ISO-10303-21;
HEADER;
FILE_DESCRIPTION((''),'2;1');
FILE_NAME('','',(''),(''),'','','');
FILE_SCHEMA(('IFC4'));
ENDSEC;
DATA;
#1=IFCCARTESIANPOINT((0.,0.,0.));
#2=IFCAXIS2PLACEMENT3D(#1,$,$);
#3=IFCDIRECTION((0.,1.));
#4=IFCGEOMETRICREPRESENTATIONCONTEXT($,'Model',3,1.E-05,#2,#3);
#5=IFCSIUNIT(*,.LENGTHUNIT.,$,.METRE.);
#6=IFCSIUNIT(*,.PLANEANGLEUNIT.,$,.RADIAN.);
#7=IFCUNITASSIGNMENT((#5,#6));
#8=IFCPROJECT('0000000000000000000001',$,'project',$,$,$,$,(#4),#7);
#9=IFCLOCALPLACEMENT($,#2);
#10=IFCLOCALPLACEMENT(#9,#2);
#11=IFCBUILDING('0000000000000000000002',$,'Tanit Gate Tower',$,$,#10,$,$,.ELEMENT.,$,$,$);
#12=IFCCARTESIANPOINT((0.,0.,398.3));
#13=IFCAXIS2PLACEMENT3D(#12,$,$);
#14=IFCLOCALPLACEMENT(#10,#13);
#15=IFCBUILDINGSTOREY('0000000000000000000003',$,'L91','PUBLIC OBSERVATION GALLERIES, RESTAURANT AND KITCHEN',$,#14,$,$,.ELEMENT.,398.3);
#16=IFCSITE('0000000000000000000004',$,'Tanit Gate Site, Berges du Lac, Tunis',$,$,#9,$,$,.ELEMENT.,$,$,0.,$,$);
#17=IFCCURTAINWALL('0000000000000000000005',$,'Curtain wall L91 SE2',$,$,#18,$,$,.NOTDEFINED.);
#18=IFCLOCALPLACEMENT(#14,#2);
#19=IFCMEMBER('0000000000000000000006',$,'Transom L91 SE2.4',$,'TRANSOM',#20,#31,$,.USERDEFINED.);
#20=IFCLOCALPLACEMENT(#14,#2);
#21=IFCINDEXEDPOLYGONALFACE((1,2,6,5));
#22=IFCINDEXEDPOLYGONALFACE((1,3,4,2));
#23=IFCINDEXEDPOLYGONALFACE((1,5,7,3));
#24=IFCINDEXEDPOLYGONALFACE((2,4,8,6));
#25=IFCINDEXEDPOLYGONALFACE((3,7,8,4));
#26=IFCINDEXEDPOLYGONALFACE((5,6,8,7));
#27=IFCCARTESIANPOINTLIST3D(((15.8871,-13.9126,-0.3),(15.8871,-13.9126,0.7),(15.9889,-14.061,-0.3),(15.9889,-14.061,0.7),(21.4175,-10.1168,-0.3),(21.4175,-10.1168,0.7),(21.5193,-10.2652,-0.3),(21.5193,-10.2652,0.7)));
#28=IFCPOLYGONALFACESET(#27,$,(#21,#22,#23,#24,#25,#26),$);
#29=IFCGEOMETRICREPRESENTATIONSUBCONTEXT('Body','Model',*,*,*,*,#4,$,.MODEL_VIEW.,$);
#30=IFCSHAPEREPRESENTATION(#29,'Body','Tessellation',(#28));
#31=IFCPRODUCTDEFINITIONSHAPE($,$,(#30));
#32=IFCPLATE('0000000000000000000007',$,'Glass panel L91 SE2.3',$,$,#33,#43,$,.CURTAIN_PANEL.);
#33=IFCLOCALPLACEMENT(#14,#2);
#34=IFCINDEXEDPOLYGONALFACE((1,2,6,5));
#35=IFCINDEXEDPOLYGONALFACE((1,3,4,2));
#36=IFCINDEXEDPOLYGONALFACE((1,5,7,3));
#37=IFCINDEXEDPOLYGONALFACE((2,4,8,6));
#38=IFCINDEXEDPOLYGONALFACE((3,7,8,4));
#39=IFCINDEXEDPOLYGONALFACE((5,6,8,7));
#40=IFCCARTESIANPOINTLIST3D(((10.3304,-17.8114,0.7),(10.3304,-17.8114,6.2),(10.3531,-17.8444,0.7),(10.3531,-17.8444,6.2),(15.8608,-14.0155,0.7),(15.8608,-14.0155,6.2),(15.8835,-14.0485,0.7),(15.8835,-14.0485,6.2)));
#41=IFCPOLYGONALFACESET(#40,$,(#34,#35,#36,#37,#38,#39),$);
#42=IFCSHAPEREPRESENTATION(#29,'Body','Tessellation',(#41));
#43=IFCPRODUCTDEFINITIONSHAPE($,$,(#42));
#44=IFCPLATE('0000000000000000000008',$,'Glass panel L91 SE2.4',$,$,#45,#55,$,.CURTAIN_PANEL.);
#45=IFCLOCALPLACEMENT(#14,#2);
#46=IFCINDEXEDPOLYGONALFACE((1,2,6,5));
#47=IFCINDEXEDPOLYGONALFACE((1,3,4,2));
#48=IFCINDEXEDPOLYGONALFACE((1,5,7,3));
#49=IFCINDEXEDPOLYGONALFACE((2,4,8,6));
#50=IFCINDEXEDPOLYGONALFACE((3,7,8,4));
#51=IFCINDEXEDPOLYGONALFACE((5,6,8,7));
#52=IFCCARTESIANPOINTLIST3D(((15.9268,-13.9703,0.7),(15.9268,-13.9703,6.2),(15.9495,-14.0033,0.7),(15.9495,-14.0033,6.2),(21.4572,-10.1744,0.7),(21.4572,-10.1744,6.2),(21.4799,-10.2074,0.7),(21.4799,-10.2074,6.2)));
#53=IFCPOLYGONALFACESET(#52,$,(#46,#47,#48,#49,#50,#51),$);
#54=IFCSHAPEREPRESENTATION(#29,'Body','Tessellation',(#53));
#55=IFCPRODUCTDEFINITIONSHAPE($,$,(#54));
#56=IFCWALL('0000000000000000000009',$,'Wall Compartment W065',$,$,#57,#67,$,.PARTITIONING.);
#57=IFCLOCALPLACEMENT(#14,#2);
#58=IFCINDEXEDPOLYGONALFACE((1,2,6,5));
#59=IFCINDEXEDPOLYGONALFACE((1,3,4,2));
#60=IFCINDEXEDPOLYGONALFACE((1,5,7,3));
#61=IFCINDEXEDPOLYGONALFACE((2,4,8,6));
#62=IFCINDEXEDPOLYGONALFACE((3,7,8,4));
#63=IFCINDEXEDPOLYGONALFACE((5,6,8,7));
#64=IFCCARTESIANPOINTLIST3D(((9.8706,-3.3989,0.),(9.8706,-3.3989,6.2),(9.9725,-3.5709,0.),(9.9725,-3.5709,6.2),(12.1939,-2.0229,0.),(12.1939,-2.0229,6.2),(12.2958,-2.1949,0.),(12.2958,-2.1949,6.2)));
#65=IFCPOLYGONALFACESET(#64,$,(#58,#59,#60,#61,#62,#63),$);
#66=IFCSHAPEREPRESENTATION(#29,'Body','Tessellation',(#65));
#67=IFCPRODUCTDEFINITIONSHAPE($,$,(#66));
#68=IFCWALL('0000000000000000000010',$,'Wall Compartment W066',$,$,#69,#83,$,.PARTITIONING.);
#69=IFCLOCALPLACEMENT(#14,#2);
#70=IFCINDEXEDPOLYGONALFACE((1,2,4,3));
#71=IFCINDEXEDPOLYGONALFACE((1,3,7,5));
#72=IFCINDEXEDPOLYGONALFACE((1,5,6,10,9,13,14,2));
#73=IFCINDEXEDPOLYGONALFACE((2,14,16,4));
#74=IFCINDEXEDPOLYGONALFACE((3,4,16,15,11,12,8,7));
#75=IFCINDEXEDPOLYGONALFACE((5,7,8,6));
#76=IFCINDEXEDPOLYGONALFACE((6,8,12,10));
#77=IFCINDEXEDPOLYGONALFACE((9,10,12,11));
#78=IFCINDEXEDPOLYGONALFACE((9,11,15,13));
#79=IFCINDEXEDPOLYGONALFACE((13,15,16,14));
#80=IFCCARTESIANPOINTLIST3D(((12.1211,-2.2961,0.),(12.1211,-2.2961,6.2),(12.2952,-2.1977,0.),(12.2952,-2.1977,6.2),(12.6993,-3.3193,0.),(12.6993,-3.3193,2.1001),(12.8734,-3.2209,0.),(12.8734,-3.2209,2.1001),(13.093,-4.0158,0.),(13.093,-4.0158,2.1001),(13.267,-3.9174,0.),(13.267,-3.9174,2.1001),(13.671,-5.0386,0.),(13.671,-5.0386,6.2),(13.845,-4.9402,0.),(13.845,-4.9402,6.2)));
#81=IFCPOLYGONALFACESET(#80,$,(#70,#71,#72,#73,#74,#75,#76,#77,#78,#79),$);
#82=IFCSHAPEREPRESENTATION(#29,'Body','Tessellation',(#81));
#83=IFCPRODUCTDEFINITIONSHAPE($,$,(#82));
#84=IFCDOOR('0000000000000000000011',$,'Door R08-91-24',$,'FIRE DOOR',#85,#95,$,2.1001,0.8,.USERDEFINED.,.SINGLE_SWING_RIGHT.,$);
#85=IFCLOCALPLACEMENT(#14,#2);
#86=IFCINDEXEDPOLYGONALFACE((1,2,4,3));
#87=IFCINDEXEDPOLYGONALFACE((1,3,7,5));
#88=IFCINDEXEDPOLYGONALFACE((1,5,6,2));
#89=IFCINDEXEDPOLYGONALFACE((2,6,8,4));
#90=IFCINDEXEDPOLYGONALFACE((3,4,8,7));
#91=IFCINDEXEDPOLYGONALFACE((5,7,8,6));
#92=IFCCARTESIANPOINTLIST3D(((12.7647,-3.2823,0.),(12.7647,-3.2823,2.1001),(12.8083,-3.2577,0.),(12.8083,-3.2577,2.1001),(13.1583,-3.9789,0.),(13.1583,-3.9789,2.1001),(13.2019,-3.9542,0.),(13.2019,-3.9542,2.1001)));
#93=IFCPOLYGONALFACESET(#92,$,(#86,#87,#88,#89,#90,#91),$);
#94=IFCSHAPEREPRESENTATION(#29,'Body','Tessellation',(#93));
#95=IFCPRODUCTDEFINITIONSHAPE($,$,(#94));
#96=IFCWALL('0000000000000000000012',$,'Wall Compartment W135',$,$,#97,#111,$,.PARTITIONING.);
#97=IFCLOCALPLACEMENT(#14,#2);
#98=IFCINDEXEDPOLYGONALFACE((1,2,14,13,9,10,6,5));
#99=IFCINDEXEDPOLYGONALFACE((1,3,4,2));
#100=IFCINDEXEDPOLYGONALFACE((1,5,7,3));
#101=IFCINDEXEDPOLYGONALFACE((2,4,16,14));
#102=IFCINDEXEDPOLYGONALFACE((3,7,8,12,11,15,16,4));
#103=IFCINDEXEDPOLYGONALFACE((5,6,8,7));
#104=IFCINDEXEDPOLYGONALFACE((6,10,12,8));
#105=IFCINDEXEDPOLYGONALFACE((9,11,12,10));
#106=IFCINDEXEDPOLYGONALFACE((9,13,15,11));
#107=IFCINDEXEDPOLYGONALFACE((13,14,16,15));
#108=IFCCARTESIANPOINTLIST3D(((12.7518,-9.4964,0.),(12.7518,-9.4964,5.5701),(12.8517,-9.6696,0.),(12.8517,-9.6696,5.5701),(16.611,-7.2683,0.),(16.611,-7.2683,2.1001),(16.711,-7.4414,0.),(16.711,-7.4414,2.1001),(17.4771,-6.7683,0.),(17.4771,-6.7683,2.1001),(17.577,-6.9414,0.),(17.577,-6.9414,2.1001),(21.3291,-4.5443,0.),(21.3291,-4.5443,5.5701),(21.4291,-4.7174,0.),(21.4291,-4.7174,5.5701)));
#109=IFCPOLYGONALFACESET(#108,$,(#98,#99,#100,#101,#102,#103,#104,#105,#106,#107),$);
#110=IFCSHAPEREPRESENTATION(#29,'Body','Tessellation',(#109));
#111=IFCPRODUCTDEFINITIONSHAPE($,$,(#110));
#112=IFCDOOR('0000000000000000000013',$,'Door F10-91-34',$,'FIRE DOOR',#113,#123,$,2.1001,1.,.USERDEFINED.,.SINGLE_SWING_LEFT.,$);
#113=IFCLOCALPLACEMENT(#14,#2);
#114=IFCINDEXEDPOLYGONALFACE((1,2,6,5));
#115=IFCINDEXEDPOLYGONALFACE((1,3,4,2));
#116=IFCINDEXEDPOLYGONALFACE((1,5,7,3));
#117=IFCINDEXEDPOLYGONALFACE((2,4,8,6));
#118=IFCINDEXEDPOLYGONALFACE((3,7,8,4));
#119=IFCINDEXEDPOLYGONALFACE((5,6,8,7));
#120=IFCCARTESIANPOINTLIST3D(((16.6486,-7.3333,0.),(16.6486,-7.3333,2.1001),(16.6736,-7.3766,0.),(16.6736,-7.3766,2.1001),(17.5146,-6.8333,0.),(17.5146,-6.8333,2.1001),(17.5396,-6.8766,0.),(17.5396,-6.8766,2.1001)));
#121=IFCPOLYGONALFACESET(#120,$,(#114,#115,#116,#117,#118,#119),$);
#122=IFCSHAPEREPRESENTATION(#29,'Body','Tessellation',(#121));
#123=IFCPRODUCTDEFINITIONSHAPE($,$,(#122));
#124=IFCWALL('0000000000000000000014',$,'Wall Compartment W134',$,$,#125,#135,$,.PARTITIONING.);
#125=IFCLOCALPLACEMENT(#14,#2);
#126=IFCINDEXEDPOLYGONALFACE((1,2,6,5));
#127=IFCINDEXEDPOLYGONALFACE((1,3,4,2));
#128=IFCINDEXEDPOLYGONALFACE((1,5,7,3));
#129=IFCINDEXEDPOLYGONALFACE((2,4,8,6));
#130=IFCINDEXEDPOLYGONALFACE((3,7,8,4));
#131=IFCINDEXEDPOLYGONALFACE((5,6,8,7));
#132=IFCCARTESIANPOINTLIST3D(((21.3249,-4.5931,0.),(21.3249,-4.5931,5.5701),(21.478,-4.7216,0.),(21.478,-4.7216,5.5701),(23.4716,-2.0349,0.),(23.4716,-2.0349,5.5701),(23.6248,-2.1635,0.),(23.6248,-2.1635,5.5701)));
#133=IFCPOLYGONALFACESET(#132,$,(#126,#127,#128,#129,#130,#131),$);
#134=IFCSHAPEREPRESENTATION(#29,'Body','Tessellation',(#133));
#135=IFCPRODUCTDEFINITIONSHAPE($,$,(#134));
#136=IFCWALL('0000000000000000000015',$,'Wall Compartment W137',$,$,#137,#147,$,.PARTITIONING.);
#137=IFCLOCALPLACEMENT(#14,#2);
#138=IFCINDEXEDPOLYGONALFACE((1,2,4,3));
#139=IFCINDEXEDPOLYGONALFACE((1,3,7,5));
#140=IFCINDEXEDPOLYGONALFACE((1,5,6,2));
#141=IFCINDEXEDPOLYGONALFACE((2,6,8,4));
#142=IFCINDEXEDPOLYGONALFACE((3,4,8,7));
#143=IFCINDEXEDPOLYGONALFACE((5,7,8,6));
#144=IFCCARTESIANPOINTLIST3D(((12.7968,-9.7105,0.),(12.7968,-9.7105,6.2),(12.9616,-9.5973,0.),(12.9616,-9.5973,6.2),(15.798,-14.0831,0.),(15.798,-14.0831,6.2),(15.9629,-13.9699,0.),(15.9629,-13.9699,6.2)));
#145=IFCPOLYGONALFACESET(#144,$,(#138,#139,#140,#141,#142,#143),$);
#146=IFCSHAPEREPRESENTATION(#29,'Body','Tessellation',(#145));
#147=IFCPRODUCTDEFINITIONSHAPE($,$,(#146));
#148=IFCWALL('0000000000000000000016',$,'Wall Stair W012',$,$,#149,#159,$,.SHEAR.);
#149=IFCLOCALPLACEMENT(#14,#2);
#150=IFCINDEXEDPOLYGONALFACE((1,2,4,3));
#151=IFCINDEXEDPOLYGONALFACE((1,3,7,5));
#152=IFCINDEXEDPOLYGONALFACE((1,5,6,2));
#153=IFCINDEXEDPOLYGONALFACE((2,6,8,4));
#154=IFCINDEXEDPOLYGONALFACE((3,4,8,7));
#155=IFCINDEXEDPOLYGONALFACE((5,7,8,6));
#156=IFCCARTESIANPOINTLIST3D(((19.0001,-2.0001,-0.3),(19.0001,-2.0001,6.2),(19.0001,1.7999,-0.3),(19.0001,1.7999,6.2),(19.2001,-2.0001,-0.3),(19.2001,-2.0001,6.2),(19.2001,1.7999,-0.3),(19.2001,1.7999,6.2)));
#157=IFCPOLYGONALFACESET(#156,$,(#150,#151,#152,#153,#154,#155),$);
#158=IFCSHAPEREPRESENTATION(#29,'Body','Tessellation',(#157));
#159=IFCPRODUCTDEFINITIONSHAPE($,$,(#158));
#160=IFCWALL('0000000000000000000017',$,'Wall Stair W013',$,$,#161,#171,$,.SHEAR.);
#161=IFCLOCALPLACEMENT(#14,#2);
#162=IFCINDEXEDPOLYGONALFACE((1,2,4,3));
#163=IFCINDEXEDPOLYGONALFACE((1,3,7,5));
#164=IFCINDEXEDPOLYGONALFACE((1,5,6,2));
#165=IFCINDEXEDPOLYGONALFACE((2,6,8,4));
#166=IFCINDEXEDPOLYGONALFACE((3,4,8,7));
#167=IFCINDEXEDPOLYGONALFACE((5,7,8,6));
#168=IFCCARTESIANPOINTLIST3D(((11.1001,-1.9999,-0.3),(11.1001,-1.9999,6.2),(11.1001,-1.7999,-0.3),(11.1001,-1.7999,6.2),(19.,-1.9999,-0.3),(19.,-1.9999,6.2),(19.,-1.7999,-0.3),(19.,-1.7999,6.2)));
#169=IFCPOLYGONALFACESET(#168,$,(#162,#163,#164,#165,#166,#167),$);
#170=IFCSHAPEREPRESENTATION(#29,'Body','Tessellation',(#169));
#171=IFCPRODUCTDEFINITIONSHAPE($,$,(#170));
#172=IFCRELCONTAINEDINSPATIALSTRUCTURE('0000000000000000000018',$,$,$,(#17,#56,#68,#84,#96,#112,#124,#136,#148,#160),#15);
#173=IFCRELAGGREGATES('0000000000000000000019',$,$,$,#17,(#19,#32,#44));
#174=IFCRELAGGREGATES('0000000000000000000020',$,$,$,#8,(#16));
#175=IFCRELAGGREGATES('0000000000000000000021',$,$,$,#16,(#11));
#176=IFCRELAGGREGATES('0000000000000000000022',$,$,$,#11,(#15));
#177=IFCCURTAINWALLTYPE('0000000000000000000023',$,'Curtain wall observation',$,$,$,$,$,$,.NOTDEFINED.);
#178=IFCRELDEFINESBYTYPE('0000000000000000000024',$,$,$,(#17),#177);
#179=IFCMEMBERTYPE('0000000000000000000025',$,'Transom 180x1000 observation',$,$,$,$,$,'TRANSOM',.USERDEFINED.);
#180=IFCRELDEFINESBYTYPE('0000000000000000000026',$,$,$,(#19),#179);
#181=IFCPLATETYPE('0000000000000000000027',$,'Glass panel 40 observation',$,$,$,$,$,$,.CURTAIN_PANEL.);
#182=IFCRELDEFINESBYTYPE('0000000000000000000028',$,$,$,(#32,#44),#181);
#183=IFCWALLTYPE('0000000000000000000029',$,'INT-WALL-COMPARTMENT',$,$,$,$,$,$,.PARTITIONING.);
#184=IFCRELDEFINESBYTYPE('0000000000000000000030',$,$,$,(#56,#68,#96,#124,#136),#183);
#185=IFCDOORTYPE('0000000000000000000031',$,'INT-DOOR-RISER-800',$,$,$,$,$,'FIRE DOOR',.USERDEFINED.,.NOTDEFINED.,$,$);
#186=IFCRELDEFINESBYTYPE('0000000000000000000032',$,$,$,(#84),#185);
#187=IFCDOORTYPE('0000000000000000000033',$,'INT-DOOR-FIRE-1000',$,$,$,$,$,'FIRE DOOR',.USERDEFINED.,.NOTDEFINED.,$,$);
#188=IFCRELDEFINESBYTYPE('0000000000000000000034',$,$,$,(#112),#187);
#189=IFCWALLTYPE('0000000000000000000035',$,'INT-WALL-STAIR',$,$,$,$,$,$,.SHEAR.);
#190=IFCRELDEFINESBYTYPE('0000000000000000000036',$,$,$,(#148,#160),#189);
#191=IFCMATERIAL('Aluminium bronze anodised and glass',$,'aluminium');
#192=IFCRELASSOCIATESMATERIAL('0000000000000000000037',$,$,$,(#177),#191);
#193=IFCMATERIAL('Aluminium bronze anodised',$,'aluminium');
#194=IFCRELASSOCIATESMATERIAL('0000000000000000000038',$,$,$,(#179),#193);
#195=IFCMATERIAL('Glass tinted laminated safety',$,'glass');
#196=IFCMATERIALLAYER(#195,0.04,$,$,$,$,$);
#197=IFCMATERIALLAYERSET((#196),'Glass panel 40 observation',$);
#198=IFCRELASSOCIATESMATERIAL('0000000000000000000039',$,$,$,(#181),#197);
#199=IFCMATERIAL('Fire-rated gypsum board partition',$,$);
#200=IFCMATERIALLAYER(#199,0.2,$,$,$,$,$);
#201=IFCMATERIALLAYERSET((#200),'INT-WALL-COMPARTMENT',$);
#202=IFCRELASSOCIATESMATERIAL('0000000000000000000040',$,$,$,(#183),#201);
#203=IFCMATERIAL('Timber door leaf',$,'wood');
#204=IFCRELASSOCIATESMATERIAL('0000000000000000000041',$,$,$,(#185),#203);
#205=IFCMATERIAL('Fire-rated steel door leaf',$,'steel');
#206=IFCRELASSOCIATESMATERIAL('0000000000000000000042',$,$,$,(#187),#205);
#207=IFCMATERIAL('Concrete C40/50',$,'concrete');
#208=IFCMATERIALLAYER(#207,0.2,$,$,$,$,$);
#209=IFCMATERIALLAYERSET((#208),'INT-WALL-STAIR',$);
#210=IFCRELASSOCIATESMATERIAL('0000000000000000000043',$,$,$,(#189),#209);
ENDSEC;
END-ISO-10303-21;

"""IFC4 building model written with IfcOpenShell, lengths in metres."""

from ifc_helpers import new_model, si_unit, direction, frame, frame_2d, origin, origin_2d, place, context, subcontext, project, spatial, rectangle, extrude, material, layer, layer_set, material_profile, profile_set, type_object, element, fill, aggregate, save


model = new_model("IFC4")

# Units and contexts
model_context = context("Model", 3, precision=1e-05, world=origin(), true_north=direction((0.0, 1.0)))
body_context = subcontext(model_context, "Body", "Model", "MODEL_VIEW")
ifc_project = project(units=[si_unit("LENGTHUNIT", "METRE"), si_unit("PLANEANGLEUNIT", "RADIAN")], contexts=[model_context])

# Site, building, storey
site_placement = place(None, origin())
site = spatial("IfcSite", under=ifc_project, at=site_placement, Name="Tanit Gate Site, Berges du Lac, Tunis", CompositionType="ELEMENT", RefElevation=0.0)
building_placement = place(site_placement, origin())
building = spatial("IfcBuilding", under=site, at=building_placement, Name="Tanit Gate Tower", CompositionType="ELEMENT")
storey_placement = place(building_placement, frame((0.0, 0.0, 398.3)))
storey = spatial("IfcBuildingStorey", under=building, at=storey_placement, Name="L91", Description="PUBLIC OBSERVATION GALLERIES, RESTAURANT AND KITCHEN", CompositionType="ELEMENT", Elevation=398.3)

# Curtain wall
ifc_material_1 = material(Name="Aluminium bronze anodised and glass", Category="aluminium")
curtain_wall_type = type_object("IfcCurtainWallType", Name="Curtain wall observation", PredefinedType="NOTDEFINED", material=ifc_material_1)
curtain_wall_placement = place(storey_placement, origin())
curtain_wall = element("IfcCurtainWall", 1, at=curtain_wall_placement, inside=storey, type_object=curtain_wall_type, Name="Curtain wall L91 SE2", PredefinedType="NOTDEFINED")

# Member
ifc_material_2 = material(Name="Aluminium bronze anodised", Category="aluminium")
ifc_material_profile_1 = material_profile(ifc_material_2, rectangle(XDim=0.1799, YDim=1.0, at=origin_2d()), Name="180x1000 bronze transom")
ifc_profile_set_1 = profile_set([ifc_material_profile_1], Name="Aluminium bronze anodised")
member_type_1 = type_object("IfcMemberType", Name="Transom 180x1000 observation", ElementType="TRANSOM", PredefinedType="USERDEFINED", material=ifc_profile_set_1)
member_1_placement = place(storey_placement, frame((15.938, -13.9868, 0.2), z_axis=(0.824482, 0.565888, 0.0), x_axis=(-0.565888, 0.824482, 0.0)))
member_1 = element("IfcMember", 2, at=member_1_placement, type_object=member_type_1, Name="Transom L91 SE2.4", ObjectType="TRANSOM", PredefinedType="USERDEFINED", context=body_context, shape_type="SweptSolid", body=[
    extrude(rectangle(XDim=0.1799, YDim=1.0, at=origin_2d()), origin(), (0.0, 0.0, 1.0), 6.7078),
])

# Plates
ifc_material_3 = material(Name="Glass tinted laminated safety", Category="glass")
ifc_layer_1 = layer(ifc_material_3, 0.04)
ifc_layer_set_1 = layer_set([ifc_layer_1], Name="Glass panel 40 observation")
plate_type = type_object("IfcPlateType", Name="Glass panel 40 observation", PredefinedType="CURTAIN_PANEL", material=ifc_layer_set_1)
plate_1_placement = place(storey_placement, frame((13.1069, -15.9299, 0.7), z_axis=(0.0, 0.0, 1.0), x_axis=(0.824479, 0.565893, 0.0)))
plate_1 = element("IfcPlate", 3, at=plate_1_placement, type_object=plate_type, Name="Glass panel L91 SE2.3", PredefinedType="CURTAIN_PANEL", context=body_context, shape_type="SweptSolid", body=[
    extrude(rectangle(XDim=6.7078, YDim=0.04, at=origin_2d()), origin(), (0.0, 0.0, 1.0), 5.5),
])
plate_2_placement = place(storey_placement, frame((18.7034, -12.0889, 0.7), z_axis=(0.0, 0.0, 1.0), x_axis=(0.824479, 0.565893, 0.0)))
plate_2 = element("IfcPlate", 4, at=plate_2_placement, type_object=plate_type, Name="Glass panel L91 SE2.4", PredefinedType="CURTAIN_PANEL", context=body_context, shape_type="SweptSolid", body=[
    extrude(rectangle(XDim=6.7078, YDim=0.04, at=origin_2d()), origin(), (0.0, 0.0, 1.0), 5.5),
])
aggregate(curtain_wall, [member_1, plate_1, plate_2])

# Wall
ifc_material_4 = material(Name="Fire-rated gypsum board partition")
ifc_layer_2 = layer(ifc_material_4, 0.2)
ifc_layer_set_2 = layer_set([ifc_layer_2], Name="INT-WALL-COMPARTMENT")
wall_type_1 = type_object("IfcWallType", Name="INT-WALL-COMPARTMENT", PredefinedType="PARTITIONING", material=ifc_layer_set_2)
wall_1_placement = place(storey_placement, frame((12.2449, -2.1089, 0.0), z_axis=(0.0, 0.0, 1.0), x_axis=(-0.860415, -0.509594, 0.0)))
element("IfcWall", 5, at=wall_1_placement, inside=storey, type_object=wall_type_1, Name="Wall Compartment W065", PredefinedType="PARTITIONING", context=body_context, shape_type="SweptSolid", body=[
    extrude(rectangle(XDim=2.7002, YDim=0.2, at=frame_2d((1.3501, 0.0))), origin(), (0.0, 0.0, 1.0), 6.2),
])

# Walls, openings, doors
wall_2_placement = place(storey_placement, frame((13.7581, -4.9895, 0.0), z_axis=(0.0, 0.0, 1.0), x_axis=(-0.491993, 0.870599, 0.0)))
wall_2 = element("IfcWall", 6, at=wall_2_placement, inside=storey, type_object=wall_type_1, Name="Wall Compartment W066", PredefinedType="PARTITIONING", context=body_context, shape_type="SweptSolid", body=[
    extrude(rectangle(XDim=3.1501, YDim=0.2, at=frame_2d((1.5752, 0.0))), origin(), (0.0, 0.0, 1.0), 6.2),
])
opening_1_placement = place(wall_2_placement, frame((1.175, 0.0, 0.0)))
opening_1 = element("IfcOpeningElement", 7, at=opening_1_placement, cuts=wall_2, PredefinedType="OPENING", context=body_context, shape_type="SweptSolid", body=[
    extrude(rectangle(XDim=0.8, YDim=2.1001, at=frame_2d((0.3999, 1.05))), frame((0.0, 0.1099, 0.0), z_axis=(0.0, -1.0, 0.0), x_axis=(1.0, 0.0, 0.0)), (0.0, 0.0, 1.0), 0.22),
])
ifc_material_5 = material(Name="Timber door leaf", Category="wood")
door_type_1 = type_object("IfcDoorType", Name="INT-DOOR-RISER-800", ElementType="FIRE DOOR", OperationType="NOTDEFINED", PredefinedType="USERDEFINED", material=ifc_material_5)
door_1_placement = place(opening_1_placement, origin())
door_1 = element("IfcDoor", 8, at=door_1_placement, inside=storey, type_object=door_type_1, Name="Door R08-91-24", ObjectType="FIRE DOOR", OperationType="SINGLE_SWING_RIGHT", OverallHeight=2.1001, OverallWidth=0.8, PredefinedType="USERDEFINED", context=body_context, shape_type="SweptSolid", body=[
    extrude(rectangle(XDim=0.8, YDim=2.1001, at=frame_2d((0.3999, 1.05))), frame((0.0, 0.0249, 0.0), z_axis=(0.0, -1.0, 0.0), x_axis=(1.0, 0.0, 0.0)), (0.0, 0.0, 1.0), 0.05),
])
fill(opening_1, door_1)
wall_3_placement = place(storey_placement, frame((12.8018, -9.583, 0.0), z_axis=(0.0, 0.0, 1.0), x_axis=(0.866026, 0.499999, 0.0)))
wall_3 = element("IfcWall", 9, at=wall_3_placement, inside=storey, type_object=wall_type_1, Name="Wall Compartment W135", PredefinedType="PARTITIONING", context=body_context, shape_type="SweptSolid", body=[
    extrude(rectangle(XDim=9.9043, YDim=0.2, at=frame_2d((4.9521, 0.0))), origin(), (0.0, 0.0, 1.0), 5.5701),
])
opening_2_placement = place(wall_3_placement, frame((4.4563, 0.0, 0.0)))
opening_2 = element("IfcOpeningElement", 10, at=opening_2_placement, cuts=wall_3, PredefinedType="OPENING", context=body_context, shape_type="SweptSolid", body=[
    extrude(rectangle(XDim=1.0, YDim=2.1001, at=frame_2d((0.5, 1.05))), frame((0.0, 0.1099, 0.0), z_axis=(0.0, -1.0, 0.0), x_axis=(1.0, 0.0, 0.0)), (0.0, 0.0, 1.0), 0.22),
])
ifc_material_6 = material(Name="Fire-rated steel door leaf", Category="steel")
door_type_2 = type_object("IfcDoorType", Name="INT-DOOR-FIRE-1000", ElementType="FIRE DOOR", OperationType="NOTDEFINED", PredefinedType="USERDEFINED", material=ifc_material_6)
door_2_placement = place(opening_2_placement, origin())
door_2 = element("IfcDoor", 11, at=door_2_placement, inside=storey, type_object=door_type_2, Name="Door F10-91-34", ObjectType="FIRE DOOR", OperationType="SINGLE_SWING_LEFT", OverallHeight=2.1001, OverallWidth=1.0, PredefinedType="USERDEFINED", context=body_context, shape_type="SweptSolid", body=[
    extrude(rectangle(XDim=1.0, YDim=2.1001, at=frame_2d((0.5, 1.05))), frame((0.0, 0.0249, 0.0), z_axis=(0.0, -1.0, 0.0), x_axis=(1.0, 0.0, 0.0)), (0.0, 0.0, 1.0), 0.05),
])
fill(opening_2, door_2)

# Walls
wall_4_placement = place(storey_placement, frame((21.4014, -4.6575, 0.0), z_axis=(0.0, 0.0, 1.0), x_axis=(0.642827, 0.766012, 0.0)))
element("IfcWall", 12, at=wall_4_placement, inside=storey, type_object=wall_type_1, Name="Wall Compartment W134", PredefinedType="PARTITIONING", context=body_context, shape_type="SweptSolid", body=[
    extrude(rectangle(XDim=3.3396, YDim=0.2, at=frame_2d((1.6699, 0.0))), origin(), (0.0, 0.0, 1.0), 5.5701),
])
wall_5_placement = place(storey_placement, frame((12.8792, -9.6538, 0.0), z_axis=(0.0, 0.0, 1.0), x_axis=(0.5659, -0.824474, 0.0)))
element("IfcWall", 13, at=wall_5_placement, inside=storey, type_object=wall_type_1, Name="Wall Compartment W137", PredefinedType="PARTITIONING", context=body_context, shape_type="SweptSolid", body=[
    extrude(rectangle(XDim=5.3035, YDim=0.2, at=frame_2d((2.6519, 0.0))), origin(), (0.0, 0.0, 1.0), 6.2),
])
ifc_material_7 = material(Name="Concrete C40/50", Category="concrete")
ifc_layer_3 = layer(ifc_material_7, 0.2)
ifc_layer_set_3 = layer_set([ifc_layer_3], Name="INT-WALL-STAIR")
wall_type_2 = type_object("IfcWallType", Name="INT-WALL-STAIR", PredefinedType="SHEAR", material=ifc_layer_set_3)
wall_6_placement = place(storey_placement, frame((19.1001, -2.0, -0.3), z_axis=(0.0, 0.0, 1.0), x_axis=(0.0, 1.0, 0.0)))
element("IfcWall", 14, at=wall_6_placement, inside=storey, type_object=wall_type_2, Name="Wall Stair W012", PredefinedType="SHEAR", context=body_context, shape_type="SweptSolid", body=[
    extrude(rectangle(XDim=3.8, YDim=0.2, at=frame_2d((1.8999, 0.0))), origin(), (0.0, 0.0, 1.0), 6.5),
])
wall_7_placement = place(storey_placement, frame((11.1001, -1.8999, -0.3), z_axis=(0.0, 0.0, 1.0), x_axis=(1.0, 0.0, 0.0)))
element("IfcWall", 15, at=wall_7_placement, inside=storey, type_object=wall_type_2, Name="Wall Stair W013", PredefinedType="SHEAR", context=body_context, shape_type="SweptSolid", body=[
    extrude(rectangle(XDim=7.8999, YDim=0.2, at=frame_2d((3.95, 0.0))), origin(), (0.0, 0.0, 1.0), 6.5),
])

save(model, "model.ifc")
